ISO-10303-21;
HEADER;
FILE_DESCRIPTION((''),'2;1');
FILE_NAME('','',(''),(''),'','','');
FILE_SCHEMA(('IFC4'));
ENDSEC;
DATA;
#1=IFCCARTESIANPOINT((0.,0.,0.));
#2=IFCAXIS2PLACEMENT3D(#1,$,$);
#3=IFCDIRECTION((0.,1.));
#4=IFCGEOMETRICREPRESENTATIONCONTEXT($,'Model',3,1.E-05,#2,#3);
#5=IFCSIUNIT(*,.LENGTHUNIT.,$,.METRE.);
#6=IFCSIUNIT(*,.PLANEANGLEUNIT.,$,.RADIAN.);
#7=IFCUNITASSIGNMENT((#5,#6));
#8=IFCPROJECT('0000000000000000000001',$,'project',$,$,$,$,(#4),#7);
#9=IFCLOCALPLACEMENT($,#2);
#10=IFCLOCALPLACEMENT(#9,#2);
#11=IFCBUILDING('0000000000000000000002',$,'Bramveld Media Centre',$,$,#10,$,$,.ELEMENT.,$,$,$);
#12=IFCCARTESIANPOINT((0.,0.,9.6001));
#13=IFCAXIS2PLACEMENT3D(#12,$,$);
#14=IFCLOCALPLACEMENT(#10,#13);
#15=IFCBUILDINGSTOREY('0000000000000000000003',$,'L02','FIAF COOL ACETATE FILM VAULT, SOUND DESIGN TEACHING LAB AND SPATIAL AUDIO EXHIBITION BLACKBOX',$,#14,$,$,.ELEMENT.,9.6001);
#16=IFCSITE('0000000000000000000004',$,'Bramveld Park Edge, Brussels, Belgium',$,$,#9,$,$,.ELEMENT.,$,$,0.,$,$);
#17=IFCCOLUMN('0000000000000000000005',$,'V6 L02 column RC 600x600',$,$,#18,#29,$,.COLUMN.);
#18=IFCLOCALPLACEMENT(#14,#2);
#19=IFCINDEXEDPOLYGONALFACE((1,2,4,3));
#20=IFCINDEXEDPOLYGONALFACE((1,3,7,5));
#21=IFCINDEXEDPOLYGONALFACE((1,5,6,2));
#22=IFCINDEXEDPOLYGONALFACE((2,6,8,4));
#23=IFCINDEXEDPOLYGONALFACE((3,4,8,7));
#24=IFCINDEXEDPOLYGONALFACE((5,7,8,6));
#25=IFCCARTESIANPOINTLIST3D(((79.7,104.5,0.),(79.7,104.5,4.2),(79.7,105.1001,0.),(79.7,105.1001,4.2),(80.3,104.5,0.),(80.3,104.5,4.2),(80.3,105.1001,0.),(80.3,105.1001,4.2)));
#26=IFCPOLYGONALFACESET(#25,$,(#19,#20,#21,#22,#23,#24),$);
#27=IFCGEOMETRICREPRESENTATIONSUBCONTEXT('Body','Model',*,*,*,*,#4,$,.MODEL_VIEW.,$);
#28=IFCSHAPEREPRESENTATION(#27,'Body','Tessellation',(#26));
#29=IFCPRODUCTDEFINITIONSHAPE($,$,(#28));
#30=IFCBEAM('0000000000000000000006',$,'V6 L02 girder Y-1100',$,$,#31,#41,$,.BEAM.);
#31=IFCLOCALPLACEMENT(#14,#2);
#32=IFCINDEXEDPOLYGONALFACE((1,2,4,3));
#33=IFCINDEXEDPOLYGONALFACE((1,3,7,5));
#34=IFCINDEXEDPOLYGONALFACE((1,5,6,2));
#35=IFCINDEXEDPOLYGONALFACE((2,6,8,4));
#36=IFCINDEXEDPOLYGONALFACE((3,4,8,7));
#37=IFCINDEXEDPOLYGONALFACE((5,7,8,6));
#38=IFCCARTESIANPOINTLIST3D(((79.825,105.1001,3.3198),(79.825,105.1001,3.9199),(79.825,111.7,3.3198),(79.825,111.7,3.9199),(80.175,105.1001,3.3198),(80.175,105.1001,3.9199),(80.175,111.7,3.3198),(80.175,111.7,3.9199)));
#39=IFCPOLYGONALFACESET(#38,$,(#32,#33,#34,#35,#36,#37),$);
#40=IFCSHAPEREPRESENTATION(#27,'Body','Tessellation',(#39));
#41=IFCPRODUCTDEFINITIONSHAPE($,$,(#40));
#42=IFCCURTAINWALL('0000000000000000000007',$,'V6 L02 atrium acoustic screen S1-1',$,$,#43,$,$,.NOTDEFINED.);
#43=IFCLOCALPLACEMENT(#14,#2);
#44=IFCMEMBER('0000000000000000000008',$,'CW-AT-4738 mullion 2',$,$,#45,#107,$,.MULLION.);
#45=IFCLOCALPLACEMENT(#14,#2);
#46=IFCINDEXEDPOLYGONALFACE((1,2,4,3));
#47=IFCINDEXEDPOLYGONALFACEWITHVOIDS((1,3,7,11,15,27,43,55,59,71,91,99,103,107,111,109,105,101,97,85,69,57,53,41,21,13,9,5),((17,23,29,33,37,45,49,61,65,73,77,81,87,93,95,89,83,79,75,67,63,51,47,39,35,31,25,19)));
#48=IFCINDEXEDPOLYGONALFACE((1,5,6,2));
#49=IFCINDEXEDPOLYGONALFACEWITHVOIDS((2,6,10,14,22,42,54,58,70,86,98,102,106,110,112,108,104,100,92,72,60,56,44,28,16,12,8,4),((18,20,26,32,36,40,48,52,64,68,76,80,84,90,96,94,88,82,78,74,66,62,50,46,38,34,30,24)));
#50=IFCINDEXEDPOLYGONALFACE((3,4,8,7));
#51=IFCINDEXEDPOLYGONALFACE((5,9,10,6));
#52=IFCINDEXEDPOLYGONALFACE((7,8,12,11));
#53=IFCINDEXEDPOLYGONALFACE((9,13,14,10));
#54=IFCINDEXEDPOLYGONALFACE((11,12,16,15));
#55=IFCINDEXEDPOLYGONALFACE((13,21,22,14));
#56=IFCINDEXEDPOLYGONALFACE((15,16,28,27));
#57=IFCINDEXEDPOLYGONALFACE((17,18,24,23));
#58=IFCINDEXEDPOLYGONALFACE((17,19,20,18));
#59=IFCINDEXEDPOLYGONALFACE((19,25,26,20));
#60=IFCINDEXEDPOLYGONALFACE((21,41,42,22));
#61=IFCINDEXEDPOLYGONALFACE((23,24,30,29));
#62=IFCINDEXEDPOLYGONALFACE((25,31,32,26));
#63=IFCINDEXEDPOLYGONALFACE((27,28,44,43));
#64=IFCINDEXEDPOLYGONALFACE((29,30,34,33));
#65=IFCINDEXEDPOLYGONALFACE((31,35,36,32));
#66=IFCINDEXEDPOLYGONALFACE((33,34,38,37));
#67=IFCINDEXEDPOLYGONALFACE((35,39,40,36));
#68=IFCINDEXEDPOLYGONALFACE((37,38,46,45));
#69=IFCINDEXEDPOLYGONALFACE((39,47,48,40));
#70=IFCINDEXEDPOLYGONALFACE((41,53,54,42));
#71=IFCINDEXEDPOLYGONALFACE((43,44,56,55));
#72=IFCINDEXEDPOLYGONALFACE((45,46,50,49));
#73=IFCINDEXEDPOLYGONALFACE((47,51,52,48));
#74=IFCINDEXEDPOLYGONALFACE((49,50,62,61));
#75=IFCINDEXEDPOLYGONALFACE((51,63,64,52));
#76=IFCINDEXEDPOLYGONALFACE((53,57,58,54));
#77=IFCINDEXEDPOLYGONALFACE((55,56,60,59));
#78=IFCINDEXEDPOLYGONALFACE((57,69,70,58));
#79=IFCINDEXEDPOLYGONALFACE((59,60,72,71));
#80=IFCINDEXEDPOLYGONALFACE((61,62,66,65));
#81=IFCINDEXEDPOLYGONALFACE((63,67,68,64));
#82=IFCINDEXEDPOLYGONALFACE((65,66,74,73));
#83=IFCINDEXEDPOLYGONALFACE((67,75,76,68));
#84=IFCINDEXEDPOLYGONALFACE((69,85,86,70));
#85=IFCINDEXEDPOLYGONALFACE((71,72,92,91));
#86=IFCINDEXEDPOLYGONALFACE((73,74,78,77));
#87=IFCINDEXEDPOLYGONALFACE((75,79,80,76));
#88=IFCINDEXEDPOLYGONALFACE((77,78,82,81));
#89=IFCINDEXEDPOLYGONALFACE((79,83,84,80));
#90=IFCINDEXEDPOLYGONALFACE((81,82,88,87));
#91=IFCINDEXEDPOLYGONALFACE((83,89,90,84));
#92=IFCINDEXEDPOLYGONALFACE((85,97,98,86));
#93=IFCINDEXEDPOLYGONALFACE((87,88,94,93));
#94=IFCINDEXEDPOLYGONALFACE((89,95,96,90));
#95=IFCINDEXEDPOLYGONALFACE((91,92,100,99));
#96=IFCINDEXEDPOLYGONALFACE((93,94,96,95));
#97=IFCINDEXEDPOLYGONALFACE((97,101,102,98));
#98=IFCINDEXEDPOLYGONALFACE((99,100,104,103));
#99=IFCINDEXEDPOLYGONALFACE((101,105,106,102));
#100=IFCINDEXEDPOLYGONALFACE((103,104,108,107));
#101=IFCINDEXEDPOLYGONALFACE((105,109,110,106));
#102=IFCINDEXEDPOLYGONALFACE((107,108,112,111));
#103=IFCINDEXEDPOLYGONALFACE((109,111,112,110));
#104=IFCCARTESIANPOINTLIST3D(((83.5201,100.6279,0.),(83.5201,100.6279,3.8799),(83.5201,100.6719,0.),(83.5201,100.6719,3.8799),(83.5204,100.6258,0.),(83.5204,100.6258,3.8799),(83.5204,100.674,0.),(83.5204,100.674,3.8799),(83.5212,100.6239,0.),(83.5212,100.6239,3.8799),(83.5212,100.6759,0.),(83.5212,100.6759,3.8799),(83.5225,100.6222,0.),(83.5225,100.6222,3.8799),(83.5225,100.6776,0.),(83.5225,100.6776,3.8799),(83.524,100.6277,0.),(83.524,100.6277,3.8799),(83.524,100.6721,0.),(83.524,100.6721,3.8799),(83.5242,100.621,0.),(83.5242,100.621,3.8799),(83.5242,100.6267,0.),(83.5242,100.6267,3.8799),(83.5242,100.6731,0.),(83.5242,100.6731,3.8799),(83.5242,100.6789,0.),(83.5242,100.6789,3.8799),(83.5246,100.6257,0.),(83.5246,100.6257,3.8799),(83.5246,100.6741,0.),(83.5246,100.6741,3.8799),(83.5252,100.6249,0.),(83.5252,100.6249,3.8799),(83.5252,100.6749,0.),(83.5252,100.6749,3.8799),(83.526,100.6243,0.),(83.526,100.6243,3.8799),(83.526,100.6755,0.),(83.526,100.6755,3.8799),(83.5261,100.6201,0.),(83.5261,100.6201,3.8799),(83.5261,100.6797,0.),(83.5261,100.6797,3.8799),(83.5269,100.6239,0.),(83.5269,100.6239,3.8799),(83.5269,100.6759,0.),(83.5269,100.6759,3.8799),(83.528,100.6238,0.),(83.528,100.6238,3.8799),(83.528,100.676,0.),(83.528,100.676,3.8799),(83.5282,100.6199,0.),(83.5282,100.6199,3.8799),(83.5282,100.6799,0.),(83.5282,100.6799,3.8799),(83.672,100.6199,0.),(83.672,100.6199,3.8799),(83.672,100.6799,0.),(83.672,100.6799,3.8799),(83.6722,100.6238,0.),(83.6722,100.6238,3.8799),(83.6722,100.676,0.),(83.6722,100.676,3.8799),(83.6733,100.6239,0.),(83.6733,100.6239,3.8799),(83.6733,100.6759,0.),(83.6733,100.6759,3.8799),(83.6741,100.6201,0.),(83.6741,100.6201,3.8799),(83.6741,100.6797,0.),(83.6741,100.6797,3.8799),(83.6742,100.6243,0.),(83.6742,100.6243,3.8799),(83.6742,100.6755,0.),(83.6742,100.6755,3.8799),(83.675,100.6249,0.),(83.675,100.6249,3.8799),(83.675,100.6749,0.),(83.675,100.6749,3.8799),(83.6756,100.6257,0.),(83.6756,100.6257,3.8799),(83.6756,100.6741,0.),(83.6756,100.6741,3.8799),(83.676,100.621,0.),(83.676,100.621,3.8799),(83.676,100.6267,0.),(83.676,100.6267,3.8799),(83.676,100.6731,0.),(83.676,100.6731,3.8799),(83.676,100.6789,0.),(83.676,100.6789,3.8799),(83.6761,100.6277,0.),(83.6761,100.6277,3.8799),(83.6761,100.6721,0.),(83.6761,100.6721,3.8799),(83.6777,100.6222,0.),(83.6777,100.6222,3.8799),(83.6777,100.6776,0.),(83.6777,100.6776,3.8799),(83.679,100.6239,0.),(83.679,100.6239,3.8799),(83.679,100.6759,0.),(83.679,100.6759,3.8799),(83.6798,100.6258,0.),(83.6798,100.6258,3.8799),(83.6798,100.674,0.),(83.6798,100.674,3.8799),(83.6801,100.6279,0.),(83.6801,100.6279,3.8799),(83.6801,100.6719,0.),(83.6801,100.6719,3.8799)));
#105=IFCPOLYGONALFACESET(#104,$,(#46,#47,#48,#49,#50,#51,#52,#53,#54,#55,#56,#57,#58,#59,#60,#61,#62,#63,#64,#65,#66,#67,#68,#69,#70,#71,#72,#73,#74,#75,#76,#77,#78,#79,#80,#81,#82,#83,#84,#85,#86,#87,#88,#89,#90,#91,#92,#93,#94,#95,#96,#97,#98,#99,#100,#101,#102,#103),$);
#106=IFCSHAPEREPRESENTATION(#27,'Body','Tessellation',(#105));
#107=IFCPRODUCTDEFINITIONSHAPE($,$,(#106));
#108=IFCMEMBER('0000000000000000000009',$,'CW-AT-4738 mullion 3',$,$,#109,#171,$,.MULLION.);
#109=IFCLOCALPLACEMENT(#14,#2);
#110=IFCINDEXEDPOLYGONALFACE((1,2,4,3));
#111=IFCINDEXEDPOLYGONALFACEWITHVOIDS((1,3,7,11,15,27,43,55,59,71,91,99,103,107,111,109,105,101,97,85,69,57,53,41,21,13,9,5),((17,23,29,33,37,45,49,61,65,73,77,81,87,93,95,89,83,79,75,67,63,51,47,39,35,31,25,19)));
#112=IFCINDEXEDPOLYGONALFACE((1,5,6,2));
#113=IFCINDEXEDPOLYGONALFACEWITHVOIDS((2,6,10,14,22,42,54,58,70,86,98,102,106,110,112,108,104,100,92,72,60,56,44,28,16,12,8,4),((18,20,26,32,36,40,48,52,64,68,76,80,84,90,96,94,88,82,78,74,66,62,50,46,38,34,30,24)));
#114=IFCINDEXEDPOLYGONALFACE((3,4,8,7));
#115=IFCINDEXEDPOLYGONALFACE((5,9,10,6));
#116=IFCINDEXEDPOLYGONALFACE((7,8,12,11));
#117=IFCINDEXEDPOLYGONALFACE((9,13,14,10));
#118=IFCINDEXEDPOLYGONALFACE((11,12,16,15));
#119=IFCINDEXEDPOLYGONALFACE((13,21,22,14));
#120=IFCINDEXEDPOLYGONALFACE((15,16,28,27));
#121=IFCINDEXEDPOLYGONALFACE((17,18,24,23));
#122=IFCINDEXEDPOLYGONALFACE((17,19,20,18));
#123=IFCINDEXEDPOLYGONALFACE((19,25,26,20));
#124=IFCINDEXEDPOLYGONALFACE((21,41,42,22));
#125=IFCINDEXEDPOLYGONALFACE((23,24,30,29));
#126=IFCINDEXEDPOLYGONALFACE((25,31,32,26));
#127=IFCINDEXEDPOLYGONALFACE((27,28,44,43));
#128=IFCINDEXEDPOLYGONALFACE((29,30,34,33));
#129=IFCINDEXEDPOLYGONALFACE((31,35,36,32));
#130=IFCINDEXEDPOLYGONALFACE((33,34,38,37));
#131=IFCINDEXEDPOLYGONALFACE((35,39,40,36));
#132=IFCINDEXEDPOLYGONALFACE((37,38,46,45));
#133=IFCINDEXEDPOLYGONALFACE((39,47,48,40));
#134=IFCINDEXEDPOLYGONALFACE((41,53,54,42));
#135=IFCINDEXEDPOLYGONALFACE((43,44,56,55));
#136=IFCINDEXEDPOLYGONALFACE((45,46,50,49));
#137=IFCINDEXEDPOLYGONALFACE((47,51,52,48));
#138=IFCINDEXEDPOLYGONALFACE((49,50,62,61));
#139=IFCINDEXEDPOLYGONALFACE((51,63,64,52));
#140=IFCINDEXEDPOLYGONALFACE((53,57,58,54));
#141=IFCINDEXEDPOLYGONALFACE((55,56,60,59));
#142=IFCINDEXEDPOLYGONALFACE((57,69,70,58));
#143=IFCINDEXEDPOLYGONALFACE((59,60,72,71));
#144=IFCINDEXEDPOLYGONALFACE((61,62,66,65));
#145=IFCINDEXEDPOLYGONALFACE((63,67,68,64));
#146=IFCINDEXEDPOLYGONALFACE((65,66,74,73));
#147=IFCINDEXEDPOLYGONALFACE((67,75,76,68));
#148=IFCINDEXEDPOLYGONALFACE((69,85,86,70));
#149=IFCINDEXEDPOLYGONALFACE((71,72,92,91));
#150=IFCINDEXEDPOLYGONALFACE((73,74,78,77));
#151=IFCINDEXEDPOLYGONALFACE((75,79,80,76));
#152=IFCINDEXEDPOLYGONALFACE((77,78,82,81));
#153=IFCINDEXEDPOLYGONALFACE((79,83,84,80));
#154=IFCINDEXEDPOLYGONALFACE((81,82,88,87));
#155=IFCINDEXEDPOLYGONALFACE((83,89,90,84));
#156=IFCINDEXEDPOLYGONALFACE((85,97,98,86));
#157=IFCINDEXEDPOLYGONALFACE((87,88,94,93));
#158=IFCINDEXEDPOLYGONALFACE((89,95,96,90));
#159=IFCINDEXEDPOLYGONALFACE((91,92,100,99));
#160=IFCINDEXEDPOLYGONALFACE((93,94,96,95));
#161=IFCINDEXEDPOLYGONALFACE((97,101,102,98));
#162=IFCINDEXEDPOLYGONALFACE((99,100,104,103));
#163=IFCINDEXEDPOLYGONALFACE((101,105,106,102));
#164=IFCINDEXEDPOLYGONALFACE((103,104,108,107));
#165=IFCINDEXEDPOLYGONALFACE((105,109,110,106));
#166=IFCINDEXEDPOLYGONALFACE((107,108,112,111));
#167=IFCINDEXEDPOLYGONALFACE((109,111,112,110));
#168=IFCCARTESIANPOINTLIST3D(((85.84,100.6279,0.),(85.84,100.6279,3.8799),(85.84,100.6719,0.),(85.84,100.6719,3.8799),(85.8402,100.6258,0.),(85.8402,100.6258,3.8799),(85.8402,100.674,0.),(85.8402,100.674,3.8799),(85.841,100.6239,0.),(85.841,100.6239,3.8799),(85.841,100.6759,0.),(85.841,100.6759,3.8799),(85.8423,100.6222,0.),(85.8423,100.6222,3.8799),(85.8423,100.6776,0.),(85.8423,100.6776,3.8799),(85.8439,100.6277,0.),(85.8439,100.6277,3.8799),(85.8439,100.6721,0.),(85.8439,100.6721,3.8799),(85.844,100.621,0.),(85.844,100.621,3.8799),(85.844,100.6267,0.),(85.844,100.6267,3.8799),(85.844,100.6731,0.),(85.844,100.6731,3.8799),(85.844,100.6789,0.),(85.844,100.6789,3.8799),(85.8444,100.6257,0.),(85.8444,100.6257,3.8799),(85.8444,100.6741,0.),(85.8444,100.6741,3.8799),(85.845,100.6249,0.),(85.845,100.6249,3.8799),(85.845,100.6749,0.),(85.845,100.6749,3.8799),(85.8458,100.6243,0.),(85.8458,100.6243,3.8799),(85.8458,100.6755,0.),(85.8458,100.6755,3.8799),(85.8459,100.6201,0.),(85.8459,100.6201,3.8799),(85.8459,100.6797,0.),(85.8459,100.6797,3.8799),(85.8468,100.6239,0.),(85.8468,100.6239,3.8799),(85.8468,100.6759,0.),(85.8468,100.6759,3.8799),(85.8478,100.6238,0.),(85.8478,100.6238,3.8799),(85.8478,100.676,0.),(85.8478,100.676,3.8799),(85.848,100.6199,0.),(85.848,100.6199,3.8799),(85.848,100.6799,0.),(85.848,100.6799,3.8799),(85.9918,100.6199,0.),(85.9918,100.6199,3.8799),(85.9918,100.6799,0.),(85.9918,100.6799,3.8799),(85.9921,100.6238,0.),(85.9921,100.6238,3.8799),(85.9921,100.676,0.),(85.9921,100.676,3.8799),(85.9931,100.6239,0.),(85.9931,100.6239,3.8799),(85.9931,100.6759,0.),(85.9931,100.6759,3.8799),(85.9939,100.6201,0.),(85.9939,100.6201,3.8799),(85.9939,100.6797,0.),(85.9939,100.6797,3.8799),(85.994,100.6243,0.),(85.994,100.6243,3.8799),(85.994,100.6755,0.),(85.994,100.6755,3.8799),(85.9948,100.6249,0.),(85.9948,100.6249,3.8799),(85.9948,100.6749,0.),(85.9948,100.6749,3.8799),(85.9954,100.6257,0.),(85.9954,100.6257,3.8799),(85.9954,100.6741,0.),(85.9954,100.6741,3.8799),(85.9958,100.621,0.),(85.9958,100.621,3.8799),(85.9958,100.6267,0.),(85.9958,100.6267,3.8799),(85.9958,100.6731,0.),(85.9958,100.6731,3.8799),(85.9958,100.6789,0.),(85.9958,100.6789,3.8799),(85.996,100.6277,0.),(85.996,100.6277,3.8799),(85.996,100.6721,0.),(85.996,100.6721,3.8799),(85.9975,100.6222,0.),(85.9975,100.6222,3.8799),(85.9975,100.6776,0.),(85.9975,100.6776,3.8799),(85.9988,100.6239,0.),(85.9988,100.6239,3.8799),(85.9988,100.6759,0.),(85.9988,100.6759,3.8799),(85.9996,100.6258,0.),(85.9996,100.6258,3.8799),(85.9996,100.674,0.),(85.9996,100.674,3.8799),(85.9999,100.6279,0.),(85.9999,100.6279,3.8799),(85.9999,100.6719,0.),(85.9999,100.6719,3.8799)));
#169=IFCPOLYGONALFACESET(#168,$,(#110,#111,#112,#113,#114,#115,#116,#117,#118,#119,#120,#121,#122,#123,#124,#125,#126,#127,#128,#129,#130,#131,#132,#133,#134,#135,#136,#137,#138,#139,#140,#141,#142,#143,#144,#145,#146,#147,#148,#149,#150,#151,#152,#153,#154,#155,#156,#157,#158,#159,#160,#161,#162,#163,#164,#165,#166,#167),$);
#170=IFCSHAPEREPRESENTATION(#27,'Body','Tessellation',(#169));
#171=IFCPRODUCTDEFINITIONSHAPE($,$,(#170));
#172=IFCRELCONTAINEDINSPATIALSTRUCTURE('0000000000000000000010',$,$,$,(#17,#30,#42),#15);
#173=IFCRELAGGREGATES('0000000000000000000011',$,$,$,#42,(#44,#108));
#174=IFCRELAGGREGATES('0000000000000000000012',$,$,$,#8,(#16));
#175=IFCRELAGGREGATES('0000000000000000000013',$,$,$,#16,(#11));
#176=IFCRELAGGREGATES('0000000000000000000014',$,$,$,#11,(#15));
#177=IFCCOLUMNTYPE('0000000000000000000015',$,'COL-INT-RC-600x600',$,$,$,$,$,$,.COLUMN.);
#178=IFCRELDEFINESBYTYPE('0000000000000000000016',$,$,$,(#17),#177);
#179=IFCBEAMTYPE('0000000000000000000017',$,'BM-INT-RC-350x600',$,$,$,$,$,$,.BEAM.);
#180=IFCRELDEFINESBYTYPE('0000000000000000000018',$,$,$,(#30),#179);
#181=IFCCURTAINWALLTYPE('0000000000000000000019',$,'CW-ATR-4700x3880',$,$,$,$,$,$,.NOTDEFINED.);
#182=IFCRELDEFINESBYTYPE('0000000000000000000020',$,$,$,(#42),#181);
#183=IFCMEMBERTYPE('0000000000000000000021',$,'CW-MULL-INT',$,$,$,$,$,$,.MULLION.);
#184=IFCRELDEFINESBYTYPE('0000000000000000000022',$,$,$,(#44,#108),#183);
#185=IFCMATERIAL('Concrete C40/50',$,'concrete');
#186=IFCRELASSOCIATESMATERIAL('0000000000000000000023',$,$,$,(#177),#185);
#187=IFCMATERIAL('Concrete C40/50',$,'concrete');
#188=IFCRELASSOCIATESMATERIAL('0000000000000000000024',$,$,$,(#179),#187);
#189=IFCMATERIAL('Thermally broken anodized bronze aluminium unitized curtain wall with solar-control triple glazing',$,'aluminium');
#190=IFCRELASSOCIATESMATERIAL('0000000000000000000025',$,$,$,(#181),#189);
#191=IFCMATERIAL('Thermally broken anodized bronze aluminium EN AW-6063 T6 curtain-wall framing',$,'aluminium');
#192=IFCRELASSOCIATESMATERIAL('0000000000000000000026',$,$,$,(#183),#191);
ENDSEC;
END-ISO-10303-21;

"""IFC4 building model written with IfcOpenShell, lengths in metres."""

from ifc_helpers import new_model, si_unit, direction, frame, origin, origin_2d, place, context, subcontext, project, spatial, rectangle, hollow_rectangle, extrude, material, material_profile, profile_set, type_object, element, aggregate, save


model = new_model("IFC4")

# Units and contexts
model_context = context("Model", 3, precision=1e-05, world=origin(), true_north=direction((0.0, 1.0)))
body_context = subcontext(model_context, "Body", "Model", "MODEL_VIEW")
ifc_project = project(units=[si_unit("LENGTHUNIT", "METRE"), si_unit("PLANEANGLEUNIT", "RADIAN")], contexts=[model_context])

# Site, building, storey
site_placement = place(None, origin())
site = spatial("IfcSite", under=ifc_project, at=site_placement, Name="Bramveld Park Edge, Brussels, Belgium", CompositionType="ELEMENT", RefElevation=0.0)
building_placement = place(site_placement, origin())
building = spatial("IfcBuilding", under=site, at=building_placement, Name="Bramveld Media Centre", CompositionType="ELEMENT")
storey_placement = place(building_placement, frame((0.0, 0.0, 9.6001)))
storey = spatial("IfcBuildingStorey", under=building, at=storey_placement, Name="L02", Description="FIAF COOL ACETATE FILM VAULT, SOUND DESIGN TEACHING LAB AND SPATIAL AUDIO EXHIBITION BLACKBOX", CompositionType="ELEMENT", Elevation=9.6001)

# Column
ifc_material_1 = material(Name="Concrete C40/50", Category="concrete")
ifc_material_profile_1 = material_profile(ifc_material_1, rectangle(XDim=0.6001, YDim=0.6001, at=origin_2d()), Name="RC 600x600")
ifc_profile_set_1 = profile_set([ifc_material_profile_1], Name="Concrete C40/50")
column_type = type_object("IfcColumnType", Name="COL-INT-RC-600x600", PredefinedType="COLUMN", material=ifc_profile_set_1)
column_placement = place(storey_placement, frame((80.0, 104.8, 0.0), z_axis=(0.0, 0.0, 1.0), x_axis=(1.0, 0.0, 0.0)))
element("IfcColumn", 1, at=column_placement, inside=storey, type_object=column_type, Name="V6 L02 column RC 600x600", PredefinedType="COLUMN", context=body_context, shape_type="SweptSolid", body=[
    extrude(rectangle(XDim=0.6001, YDim=0.6001, at=origin_2d()), origin(), (0.0, 0.0, 1.0), 4.2),
])

# Beam
ifc_material_2 = material(Name="Concrete C40/50", Category="concrete")
ifc_material_profile_2 = material_profile(ifc_material_2, rectangle(XDim=0.3501, YDim=0.6001, at=origin_2d()), Name="RC 350x600")
ifc_profile_set_2 = profile_set([ifc_material_profile_2], Name="Concrete C40/50")
beam_type_1 = type_object("IfcBeamType", Name="BM-INT-RC-350x600", PredefinedType="BEAM", material=ifc_profile_set_2)
beam_1_placement = place(storey_placement, frame((80.0, 105.1001, 3.6199), z_axis=(0.0, 1.0, 0.0), x_axis=(-1.0, 0.0, 0.0)))
element("IfcBeam", 2, at=beam_1_placement, inside=storey, type_object=beam_type_1, Name="V6 L02 girder Y-1100", PredefinedType="BEAM", context=body_context, shape_type="SweptSolid", body=[
    extrude(rectangle(XDim=0.3501, YDim=0.6001, at=origin_2d()), origin(), (0.0, 0.0, 1.0), 6.5999),
])

# Curtain wall, members
ifc_material_3 = material(Name="Thermally broken anodized bronze aluminium unitized curtain wall with solar-control triple glazing", Category="aluminium")
curtain_wall_type_1 = type_object("IfcCurtainWallType", Name="CW-ATR-4700x3880", PredefinedType="NOTDEFINED", material=ifc_material_3)
curtain_wall_1_placement = place(storey_placement, origin())
curtain_wall_1 = element("IfcCurtainWall", 3, at=curtain_wall_1_placement, inside=storey, type_object=curtain_wall_type_1, Name="V6 L02 atrium acoustic screen S1-1", PredefinedType="NOTDEFINED")
ifc_material_4 = material(Name="Thermally broken anodized bronze aluminium EN AW-6063 T6 curtain-wall framing", Category="aluminium")
ifc_material_profile_3 = material_profile(ifc_material_4, hollow_rectangle(XDim=0.0601, YDim=0.1599, WallThickness=0.0039, InnerFilletRadius=0.0039, OuterFilletRadius=0.0081, at=origin_2d()), Name="AL-MULL 60x160")
ifc_profile_set_3 = profile_set([ifc_material_profile_3], Name="Thermally broken anodized bronze aluminium EN AW-6063 T6 curtain-wall framing")
member_type_1 = type_object("IfcMemberType", Name="CW-MULL-INT", PredefinedType="MULLION", material=ifc_profile_set_3)
member_1_placement = place(storey_placement, frame((83.6001, 100.6499, 0.0), z_axis=(0.0, 0.0, 1.0), x_axis=(0.0, 1.0, 0.0)))
member_1 = element("IfcMember", 4, at=member_1_placement, type_object=member_type_1, Name="CW-AT-4738 mullion 2", PredefinedType="MULLION", context=body_context, shape_type="SweptSolid", body=[
    extrude(hollow_rectangle(XDim=0.0601, YDim=0.1599, WallThickness=0.0039, InnerFilletRadius=0.0039, OuterFilletRadius=0.0081, at=origin_2d()), origin(), (0.0, 0.0, 1.0), 3.8799),
])
member_2_placement = place(storey_placement, frame((85.9199, 100.6499, 0.0), z_axis=(0.0, 0.0, 1.0), x_axis=(0.0, 1.0, 0.0)))
member_2 = element("IfcMember", 5, at=member_2_placement, type_object=member_type_1, Name="CW-AT-4738 mullion 3", PredefinedType="MULLION", context=body_context, shape_type="SweptSolid", body=[
    extrude(hollow_rectangle(XDim=0.0601, YDim=0.1599, WallThickness=0.0039, InnerFilletRadius=0.0039, OuterFilletRadius=0.0081, at=origin_2d()), origin(), (0.0, 0.0, 1.0), 3.8799),
])

aggregate(curtain_wall_1, [member_1, member_2])

save(model, "model.ifc")
